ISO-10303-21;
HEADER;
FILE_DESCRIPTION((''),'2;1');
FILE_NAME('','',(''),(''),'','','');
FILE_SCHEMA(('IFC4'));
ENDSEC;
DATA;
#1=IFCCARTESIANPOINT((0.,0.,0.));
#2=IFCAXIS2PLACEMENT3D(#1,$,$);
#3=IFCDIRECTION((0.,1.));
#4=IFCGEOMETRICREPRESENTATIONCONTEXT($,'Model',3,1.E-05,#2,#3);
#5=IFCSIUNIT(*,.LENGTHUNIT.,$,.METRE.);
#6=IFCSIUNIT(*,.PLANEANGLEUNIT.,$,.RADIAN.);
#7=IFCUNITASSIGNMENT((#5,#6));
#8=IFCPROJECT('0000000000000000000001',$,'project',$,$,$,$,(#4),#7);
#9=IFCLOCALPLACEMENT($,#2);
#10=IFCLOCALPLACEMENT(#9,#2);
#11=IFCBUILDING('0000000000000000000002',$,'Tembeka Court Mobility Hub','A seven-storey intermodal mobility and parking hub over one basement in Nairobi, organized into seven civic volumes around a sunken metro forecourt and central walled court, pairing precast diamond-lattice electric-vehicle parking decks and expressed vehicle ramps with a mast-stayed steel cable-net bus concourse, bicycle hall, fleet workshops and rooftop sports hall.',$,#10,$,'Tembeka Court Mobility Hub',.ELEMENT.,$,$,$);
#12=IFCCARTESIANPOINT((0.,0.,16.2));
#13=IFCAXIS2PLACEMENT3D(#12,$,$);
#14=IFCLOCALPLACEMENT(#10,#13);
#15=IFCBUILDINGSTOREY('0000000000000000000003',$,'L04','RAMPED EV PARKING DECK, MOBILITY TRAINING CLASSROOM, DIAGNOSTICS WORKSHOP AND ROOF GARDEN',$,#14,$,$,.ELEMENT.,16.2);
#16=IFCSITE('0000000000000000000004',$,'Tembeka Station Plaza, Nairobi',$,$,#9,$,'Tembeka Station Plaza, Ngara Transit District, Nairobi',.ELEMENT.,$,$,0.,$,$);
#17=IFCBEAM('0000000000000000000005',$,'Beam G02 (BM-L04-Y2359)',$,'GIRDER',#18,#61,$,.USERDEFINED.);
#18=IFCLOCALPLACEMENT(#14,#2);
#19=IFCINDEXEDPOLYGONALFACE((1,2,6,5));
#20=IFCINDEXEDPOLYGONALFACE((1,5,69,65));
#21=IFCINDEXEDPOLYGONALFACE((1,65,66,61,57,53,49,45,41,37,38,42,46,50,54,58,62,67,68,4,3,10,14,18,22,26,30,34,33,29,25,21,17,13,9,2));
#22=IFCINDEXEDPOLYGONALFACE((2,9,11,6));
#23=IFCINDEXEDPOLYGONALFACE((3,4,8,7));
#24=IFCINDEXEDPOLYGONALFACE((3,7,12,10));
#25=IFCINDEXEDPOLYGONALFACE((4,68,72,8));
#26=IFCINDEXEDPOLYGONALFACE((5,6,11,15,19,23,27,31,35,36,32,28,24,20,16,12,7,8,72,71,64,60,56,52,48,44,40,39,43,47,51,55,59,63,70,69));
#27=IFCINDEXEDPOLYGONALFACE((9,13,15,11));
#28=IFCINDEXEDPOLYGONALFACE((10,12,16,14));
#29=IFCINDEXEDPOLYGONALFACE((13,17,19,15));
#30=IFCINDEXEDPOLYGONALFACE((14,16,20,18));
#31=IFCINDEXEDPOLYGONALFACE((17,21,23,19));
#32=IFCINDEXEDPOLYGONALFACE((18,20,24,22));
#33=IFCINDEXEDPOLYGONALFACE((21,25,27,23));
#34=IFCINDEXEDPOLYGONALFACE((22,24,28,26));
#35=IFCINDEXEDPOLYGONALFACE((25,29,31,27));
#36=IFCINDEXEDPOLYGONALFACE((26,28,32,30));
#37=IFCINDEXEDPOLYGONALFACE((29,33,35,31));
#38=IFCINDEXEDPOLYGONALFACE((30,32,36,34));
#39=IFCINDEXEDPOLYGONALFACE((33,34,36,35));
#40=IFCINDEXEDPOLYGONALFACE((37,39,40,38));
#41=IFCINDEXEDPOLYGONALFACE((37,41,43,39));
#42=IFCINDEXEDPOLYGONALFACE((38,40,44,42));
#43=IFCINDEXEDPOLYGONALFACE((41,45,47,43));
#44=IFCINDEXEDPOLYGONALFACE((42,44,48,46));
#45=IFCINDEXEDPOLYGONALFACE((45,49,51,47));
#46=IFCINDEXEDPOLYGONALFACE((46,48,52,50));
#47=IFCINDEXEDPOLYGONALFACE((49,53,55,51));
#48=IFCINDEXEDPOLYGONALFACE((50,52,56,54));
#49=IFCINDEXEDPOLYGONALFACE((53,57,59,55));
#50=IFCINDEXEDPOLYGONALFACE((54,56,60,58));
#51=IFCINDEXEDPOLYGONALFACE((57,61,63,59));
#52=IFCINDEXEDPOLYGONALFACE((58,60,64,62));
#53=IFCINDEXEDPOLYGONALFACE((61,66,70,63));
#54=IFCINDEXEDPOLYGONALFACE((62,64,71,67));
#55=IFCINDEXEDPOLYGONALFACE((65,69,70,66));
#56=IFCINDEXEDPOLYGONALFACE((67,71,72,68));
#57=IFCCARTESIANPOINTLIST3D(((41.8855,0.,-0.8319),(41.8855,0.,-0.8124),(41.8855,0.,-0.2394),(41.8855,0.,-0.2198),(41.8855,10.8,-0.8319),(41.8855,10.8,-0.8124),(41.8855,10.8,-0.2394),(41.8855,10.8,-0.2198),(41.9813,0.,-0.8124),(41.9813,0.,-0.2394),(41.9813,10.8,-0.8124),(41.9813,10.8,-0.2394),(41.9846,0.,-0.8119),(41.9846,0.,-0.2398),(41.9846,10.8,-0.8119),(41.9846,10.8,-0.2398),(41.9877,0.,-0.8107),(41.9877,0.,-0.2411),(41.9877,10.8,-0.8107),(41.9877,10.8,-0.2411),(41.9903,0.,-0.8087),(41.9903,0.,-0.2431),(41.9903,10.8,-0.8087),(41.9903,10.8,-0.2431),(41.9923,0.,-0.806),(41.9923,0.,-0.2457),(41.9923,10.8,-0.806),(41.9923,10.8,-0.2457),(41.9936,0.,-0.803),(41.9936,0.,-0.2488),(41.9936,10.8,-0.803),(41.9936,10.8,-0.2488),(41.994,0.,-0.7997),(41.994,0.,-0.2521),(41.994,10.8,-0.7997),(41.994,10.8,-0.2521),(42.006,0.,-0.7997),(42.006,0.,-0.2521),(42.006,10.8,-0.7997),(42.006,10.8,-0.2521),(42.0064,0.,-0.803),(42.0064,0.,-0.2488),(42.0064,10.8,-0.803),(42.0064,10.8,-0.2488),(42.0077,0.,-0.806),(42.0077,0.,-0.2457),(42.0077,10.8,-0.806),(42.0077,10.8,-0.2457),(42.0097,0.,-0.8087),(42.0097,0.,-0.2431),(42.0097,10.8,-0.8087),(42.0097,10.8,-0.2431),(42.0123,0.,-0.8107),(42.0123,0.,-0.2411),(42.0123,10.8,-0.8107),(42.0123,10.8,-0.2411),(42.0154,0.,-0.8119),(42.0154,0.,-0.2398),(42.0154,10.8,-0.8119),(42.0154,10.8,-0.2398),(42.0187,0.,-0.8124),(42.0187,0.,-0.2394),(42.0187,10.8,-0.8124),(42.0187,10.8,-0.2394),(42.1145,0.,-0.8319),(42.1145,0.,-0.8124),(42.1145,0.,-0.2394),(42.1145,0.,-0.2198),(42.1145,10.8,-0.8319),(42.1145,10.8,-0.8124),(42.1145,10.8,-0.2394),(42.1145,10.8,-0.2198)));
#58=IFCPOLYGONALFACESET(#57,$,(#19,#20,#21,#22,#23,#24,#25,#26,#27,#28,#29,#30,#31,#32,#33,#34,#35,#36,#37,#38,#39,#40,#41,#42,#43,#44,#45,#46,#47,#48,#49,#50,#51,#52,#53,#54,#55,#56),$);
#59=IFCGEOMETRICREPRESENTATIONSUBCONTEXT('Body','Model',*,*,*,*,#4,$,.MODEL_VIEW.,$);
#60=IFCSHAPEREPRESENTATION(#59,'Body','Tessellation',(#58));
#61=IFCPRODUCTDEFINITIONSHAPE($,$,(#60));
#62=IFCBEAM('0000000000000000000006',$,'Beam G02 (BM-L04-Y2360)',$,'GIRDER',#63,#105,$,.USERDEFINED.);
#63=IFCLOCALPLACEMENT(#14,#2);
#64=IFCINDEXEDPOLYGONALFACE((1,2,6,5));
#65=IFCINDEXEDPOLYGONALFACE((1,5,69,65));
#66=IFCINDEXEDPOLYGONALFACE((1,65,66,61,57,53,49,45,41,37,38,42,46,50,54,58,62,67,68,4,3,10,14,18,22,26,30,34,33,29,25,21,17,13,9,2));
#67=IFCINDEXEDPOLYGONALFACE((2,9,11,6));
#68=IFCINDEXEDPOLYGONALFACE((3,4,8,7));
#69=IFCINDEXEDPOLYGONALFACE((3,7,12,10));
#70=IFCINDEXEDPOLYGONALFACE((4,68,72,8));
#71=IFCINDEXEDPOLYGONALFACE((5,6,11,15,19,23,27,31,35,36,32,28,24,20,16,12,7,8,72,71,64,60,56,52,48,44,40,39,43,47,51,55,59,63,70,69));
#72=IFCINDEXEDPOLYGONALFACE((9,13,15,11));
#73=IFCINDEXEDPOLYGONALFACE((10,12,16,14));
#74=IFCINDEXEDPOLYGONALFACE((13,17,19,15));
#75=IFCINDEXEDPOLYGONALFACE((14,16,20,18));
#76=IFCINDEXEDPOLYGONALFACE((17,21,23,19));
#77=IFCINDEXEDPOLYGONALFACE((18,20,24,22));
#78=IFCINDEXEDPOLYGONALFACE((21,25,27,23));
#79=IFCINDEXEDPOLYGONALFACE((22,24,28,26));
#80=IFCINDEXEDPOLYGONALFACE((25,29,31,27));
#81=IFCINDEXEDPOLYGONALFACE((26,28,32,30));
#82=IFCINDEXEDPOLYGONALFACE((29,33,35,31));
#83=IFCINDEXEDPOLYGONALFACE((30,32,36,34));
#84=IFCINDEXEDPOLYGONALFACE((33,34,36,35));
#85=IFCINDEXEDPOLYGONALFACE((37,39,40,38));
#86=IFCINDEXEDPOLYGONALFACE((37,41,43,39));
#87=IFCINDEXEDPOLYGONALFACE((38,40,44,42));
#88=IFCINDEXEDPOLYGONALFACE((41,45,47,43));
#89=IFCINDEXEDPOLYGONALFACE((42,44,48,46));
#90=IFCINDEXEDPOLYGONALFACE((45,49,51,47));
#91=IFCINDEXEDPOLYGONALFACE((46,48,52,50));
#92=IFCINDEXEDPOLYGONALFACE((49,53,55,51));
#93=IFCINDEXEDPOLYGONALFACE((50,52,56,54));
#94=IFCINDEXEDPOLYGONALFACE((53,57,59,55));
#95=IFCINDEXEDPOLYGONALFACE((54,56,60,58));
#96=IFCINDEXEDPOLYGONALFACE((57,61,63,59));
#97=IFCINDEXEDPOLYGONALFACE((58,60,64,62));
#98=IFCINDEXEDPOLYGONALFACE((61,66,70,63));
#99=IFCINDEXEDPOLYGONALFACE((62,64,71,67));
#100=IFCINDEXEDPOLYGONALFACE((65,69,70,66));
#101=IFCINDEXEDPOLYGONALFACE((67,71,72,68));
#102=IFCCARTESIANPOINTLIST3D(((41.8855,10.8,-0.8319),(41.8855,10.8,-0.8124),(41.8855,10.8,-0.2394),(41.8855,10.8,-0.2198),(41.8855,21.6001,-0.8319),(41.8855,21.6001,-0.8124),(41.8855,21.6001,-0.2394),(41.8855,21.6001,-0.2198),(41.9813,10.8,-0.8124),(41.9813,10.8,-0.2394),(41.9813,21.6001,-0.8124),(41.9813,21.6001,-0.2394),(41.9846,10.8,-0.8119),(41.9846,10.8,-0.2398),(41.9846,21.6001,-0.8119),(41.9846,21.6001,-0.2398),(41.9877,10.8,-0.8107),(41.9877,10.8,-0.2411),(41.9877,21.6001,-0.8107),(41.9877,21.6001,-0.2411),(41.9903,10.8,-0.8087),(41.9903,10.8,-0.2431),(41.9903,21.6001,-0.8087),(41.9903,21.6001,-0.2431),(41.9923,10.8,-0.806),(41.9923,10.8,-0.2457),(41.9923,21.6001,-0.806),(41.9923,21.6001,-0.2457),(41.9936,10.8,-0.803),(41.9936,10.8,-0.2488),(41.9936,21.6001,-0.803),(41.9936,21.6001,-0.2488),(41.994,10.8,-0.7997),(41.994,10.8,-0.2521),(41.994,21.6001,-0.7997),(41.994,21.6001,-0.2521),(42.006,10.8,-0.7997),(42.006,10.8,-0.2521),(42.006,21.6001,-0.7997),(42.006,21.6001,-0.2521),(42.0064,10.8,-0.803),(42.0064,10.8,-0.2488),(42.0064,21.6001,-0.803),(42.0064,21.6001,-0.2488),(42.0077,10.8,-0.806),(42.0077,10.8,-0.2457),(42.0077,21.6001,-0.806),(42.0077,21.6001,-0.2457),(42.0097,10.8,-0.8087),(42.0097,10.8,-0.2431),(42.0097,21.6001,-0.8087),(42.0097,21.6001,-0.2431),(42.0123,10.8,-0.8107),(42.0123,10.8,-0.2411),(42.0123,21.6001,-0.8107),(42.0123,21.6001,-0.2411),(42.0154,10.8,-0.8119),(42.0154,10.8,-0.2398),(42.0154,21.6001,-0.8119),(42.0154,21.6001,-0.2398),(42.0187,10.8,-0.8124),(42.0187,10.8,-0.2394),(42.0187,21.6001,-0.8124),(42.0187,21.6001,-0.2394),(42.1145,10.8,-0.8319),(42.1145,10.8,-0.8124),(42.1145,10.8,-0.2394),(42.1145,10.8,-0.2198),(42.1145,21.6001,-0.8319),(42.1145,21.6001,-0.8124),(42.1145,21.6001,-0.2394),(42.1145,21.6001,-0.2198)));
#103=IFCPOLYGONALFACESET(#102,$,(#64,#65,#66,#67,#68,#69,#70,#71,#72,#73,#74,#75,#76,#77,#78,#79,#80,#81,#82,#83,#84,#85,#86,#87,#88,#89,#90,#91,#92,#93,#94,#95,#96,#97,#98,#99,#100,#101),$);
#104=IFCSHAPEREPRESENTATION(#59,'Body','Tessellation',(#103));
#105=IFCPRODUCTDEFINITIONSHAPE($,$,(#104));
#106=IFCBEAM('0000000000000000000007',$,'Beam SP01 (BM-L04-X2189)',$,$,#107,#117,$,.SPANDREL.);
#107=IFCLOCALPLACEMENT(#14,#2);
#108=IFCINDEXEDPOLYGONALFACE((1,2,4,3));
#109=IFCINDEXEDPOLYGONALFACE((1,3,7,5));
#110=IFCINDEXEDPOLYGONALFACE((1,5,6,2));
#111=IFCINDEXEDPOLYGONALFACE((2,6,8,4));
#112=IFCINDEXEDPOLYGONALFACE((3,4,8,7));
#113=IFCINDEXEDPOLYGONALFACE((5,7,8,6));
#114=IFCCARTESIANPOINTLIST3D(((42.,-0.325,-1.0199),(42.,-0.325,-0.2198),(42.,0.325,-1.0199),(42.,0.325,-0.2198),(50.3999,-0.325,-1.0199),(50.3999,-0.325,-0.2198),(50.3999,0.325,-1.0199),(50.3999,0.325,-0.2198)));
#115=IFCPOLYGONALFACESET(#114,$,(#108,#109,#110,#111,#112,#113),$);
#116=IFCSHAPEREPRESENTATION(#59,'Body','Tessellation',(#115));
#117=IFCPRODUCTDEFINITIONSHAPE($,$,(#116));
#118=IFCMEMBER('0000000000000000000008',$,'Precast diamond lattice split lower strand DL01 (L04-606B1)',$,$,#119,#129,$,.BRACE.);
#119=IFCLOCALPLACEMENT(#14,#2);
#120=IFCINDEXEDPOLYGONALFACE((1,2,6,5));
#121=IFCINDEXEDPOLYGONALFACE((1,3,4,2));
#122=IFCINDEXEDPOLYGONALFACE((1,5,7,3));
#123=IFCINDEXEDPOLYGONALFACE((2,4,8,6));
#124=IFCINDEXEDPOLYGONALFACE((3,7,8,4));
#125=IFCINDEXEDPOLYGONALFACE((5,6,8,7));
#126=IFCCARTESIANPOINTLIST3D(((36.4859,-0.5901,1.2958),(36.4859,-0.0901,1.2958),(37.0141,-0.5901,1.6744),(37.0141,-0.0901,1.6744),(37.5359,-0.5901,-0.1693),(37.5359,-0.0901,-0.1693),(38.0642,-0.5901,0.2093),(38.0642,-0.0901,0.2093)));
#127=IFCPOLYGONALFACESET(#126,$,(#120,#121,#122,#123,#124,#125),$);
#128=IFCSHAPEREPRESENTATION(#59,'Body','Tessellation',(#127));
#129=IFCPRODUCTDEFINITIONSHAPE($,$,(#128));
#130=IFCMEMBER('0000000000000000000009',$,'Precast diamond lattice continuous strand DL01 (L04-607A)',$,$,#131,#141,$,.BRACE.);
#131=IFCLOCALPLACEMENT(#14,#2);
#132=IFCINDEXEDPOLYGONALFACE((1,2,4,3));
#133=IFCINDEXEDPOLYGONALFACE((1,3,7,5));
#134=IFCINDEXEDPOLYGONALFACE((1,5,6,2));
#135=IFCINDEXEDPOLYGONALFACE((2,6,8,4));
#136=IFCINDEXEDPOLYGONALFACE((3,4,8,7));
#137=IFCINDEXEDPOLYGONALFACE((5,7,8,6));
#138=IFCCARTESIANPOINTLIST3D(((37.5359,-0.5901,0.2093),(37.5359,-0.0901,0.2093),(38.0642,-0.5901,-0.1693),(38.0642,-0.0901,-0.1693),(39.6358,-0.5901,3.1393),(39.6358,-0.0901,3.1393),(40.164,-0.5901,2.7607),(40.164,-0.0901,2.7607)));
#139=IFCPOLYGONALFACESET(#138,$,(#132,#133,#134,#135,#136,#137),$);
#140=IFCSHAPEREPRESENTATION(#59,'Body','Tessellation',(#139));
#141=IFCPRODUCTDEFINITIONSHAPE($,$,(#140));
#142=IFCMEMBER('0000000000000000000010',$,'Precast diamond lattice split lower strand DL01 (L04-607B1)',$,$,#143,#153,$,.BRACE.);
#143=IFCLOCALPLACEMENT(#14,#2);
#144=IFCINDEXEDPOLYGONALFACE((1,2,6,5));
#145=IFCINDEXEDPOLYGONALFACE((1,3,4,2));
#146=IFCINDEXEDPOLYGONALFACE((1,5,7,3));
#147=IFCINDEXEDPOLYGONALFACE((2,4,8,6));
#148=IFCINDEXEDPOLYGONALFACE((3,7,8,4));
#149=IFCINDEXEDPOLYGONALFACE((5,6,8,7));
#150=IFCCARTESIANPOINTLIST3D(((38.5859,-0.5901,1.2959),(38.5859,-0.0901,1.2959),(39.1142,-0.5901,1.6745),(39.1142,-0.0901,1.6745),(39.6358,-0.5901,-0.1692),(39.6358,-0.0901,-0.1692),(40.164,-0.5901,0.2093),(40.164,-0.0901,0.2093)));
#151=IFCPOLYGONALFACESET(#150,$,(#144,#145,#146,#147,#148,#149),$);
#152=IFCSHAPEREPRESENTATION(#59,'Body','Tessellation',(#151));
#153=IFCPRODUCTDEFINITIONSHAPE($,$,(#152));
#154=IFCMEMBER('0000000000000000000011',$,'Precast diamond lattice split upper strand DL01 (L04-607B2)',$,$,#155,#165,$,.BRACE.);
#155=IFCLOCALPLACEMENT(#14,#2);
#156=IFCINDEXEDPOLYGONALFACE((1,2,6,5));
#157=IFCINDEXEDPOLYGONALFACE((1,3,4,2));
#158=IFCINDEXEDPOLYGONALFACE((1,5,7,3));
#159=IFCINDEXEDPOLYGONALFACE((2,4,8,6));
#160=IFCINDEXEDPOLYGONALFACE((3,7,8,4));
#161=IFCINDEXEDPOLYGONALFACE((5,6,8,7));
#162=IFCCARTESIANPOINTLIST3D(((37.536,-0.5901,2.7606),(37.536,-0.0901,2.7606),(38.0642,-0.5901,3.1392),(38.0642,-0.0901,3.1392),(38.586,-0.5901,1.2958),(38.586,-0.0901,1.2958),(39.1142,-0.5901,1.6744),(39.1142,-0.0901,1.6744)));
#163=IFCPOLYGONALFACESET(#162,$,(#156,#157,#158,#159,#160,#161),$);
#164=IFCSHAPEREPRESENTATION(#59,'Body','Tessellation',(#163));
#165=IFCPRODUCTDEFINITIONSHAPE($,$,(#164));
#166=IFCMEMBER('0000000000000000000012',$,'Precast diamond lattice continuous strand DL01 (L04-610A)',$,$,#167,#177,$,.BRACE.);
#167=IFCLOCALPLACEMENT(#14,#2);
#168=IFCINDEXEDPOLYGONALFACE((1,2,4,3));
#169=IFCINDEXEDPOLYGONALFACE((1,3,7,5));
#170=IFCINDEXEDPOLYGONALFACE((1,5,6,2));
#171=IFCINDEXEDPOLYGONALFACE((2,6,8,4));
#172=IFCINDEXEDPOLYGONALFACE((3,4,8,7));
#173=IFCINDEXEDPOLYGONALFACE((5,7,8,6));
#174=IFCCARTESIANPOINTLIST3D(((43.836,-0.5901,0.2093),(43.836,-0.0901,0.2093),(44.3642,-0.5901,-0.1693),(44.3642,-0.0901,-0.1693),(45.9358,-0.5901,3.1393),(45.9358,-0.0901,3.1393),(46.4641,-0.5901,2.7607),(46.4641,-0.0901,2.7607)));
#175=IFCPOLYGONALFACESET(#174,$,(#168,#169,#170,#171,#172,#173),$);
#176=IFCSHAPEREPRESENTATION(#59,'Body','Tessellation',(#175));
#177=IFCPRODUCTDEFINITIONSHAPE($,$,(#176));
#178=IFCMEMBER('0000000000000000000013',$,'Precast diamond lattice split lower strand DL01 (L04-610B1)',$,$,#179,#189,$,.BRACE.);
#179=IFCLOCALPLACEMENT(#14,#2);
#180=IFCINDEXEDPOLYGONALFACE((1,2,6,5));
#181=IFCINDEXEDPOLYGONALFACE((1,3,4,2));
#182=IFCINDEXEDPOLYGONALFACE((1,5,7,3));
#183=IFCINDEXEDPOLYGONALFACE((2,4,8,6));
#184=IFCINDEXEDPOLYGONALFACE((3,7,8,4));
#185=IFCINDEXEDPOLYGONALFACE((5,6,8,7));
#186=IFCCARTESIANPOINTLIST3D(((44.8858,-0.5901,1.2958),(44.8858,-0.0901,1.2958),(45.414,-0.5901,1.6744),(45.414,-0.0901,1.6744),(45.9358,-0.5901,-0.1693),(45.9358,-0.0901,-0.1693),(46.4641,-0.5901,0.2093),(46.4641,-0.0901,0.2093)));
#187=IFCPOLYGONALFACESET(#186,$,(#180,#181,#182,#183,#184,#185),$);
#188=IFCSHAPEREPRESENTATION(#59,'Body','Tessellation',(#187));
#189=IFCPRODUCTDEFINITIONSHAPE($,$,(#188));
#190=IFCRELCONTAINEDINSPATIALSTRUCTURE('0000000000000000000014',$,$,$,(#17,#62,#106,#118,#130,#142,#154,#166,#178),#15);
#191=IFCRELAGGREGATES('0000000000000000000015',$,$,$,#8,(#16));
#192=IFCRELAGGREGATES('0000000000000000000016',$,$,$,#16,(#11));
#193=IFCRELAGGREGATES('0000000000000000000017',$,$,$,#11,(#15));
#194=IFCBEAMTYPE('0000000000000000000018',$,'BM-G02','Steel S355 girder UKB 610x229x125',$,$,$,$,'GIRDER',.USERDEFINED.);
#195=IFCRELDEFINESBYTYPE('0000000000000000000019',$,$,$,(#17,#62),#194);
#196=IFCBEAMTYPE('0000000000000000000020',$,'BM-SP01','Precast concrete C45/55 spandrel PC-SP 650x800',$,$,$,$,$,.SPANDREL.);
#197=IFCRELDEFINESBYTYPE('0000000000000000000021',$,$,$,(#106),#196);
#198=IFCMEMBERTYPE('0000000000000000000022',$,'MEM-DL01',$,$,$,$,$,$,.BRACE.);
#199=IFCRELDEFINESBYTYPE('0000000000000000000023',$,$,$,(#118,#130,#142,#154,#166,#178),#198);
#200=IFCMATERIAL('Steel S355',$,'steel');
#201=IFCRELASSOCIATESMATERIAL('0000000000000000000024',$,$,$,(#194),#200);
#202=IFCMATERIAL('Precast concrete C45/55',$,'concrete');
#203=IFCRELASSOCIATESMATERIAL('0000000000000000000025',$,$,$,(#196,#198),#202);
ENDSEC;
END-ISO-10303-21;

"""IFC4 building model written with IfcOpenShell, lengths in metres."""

from ifc_helpers import new_model, si_unit, direction, frame, origin, origin_2d, place, context, subcontext, project, spatial, rectangle, i_section, extrude, material, material_profile, profile_set, type_object, element, save


model = new_model("IFC4")

# Units and contexts
model_context = context("Model", 3, precision=1e-05, world=origin(), true_north=direction((0.0, 1.0)))
body_context = subcontext(model_context, "Body", "Model", "MODEL_VIEW")
ifc_project = project(units=[si_unit("LENGTHUNIT", "METRE"), si_unit("PLANEANGLEUNIT", "RADIAN")], contexts=[model_context])

# Site, building, storey
site_placement = place(None, origin())
site = spatial("IfcSite", under=ifc_project, at=site_placement, Name="Tembeka Station Plaza, Nairobi", LongName="Tembeka Station Plaza, Ngara Transit District, Nairobi", CompositionType="ELEMENT", RefElevation=0.0)
building_placement = place(site_placement, origin())
building = spatial("IfcBuilding", under=site, at=building_placement, Name="Tembeka Court Mobility Hub", Description="A seven-storey intermodal mobility and parking hub over one basement in Nairobi, organized into seven civic volumes around a sunken metro forecourt and central walled court, pairing precast diamond-lattice electric-vehicle parking decks and expressed vehicle ramps with a mast-stayed steel cable-net bus concourse, bicycle hall, fleet workshops and rooftop sports hall.", LongName="Tembeka Court Mobility Hub", CompositionType="ELEMENT")
storey_placement = place(building_placement, frame((0.0, 0.0, 16.2)))
storey = spatial("IfcBuildingStorey", under=building, at=storey_placement, Name="L04", Description="RAMPED EV PARKING DECK, MOBILITY TRAINING CLASSROOM, DIAGNOSTICS WORKSHOP AND ROOF GARDEN", CompositionType="ELEMENT", Elevation=16.2)

# Shared definitions
ifc_material_1 = material(Name="Steel S355", Category="steel")

# Beams
ifc_material_profile_1 = material_profile(ifc_material_1, i_section(OverallWidth=0.229, OverallDepth=0.6121, WebThickness=0.012, FlangeThickness=0.0195, FilletRadius=0.0127, at=origin_2d()), Name="UKB 610x229x125")
ifc_profile_set_1 = profile_set([ifc_material_profile_1], Name="Steel S355")
beam_type_1 = type_object("IfcBeamType", Name="BM-G02", Description="Steel S355 girder UKB 610x229x125", ElementType="GIRDER", PredefinedType="USERDEFINED", material=ifc_profile_set_1)
for number, where, z_axis, x_axis, name in (
    (1, (42.0, 0.0, -0.5259), (0.0, 1.0, 0.0), (-1.0, 0.0, 0.0), "Beam G02 (BM-L04-Y2359)"),
    (2, (42.0, 10.8, -0.5259), (0.0, 1.0, 0.0), (-1.0, 0.0, 0.0), "Beam G02 (BM-L04-Y2360)"),
):
    element("IfcBeam", number, at=place(storey_placement, frame(where, z_axis=z_axis, x_axis=x_axis)), inside=storey, type_object=beam_type_1, Name=name, ObjectType="GIRDER", PredefinedType="USERDEFINED", context=body_context, shape_type="SweptSolid", body=[
        extrude(i_section(OverallWidth=0.229, OverallDepth=0.6121, WebThickness=0.012, FlangeThickness=0.0195, FilletRadius=0.0127, at=origin_2d()), origin(), (0.0, 0.0, 1.0), 10.8),
    ])
ifc_material_2 = material(Name="Precast concrete C45/55", Category="concrete")
ifc_material_profile_2 = material_profile(ifc_material_2, rectangle(XDim=0.6499, YDim=0.8, at=origin_2d()), Name="PC-SP 650x800")
ifc_profile_set_2 = profile_set([ifc_material_profile_2], Name="Precast concrete C45/55")
beam_type_2 = type_object("IfcBeamType", Name="BM-SP01", Description="Precast concrete C45/55 spandrel PC-SP 650x800", PredefinedType="SPANDREL", material=ifc_profile_set_2)
beam_placement = place(storey_placement, frame((42.0, 0.0, -0.6199), z_axis=(1.0, 0.0, 0.0), x_axis=(0.0, 1.0, 0.0)))
element("IfcBeam", 3, at=beam_placement, inside=storey, type_object=beam_type_2, Name="Beam SP01 (BM-L04-X2189)", PredefinedType="SPANDREL", context=body_context, shape_type="SweptSolid", body=[
    extrude(rectangle(XDim=0.6499, YDim=0.8, at=origin_2d()), origin(), (0.0, 0.0, 1.0), 8.3999),
])

# Members
ifc_material_profile_3 = material_profile(ifc_material_2, rectangle(XDim=0.5, YDim=0.6499, at=origin_2d()), Name="PC-DIAG 500x650")
ifc_profile_set_3 = profile_set([ifc_material_profile_3], Name="Precast concrete C45/55")
member_type_1 = type_object("IfcMemberType", Name="MEM-DL01", PredefinedType="BRACE", material=ifc_profile_set_3)
member_1_placement = place(storey_placement, frame((37.8, -0.3401, 0.02), z_axis=(-0.582544, 0.0, 0.812799), x_axis=(0.0, -1.0, 0.0)))
element("IfcMember", 4, at=member_1_placement, inside=storey, type_object=member_type_1, Name="Precast diamond lattice split lower strand DL01 (L04-606B1)", PredefinedType="BRACE", context=body_context, shape_type="SweptSolid", body=[
    extrude(rectangle(XDim=0.5, YDim=0.6499, at=origin_2d()), origin(), (0.0, 0.0, 1.0), 1.8025),
])
member_2_placement = place(storey_placement, frame((37.8, -0.3401, 0.02), z_axis=(0.582532, 0.0, 0.812808), x_axis=(0.0, 1.0, 0.0)))
element("IfcMember", 5, at=member_2_placement, inside=storey, type_object=member_type_1, Name="Precast diamond lattice continuous strand DL01 (L04-607A)", PredefinedType="BRACE", context=body_context, shape_type="SweptSolid", body=[
    extrude(rectangle(XDim=0.5, YDim=0.6499, at=origin_2d()), origin(), (0.0, 0.0, 1.0), 3.6047),
])
member_3_placement = place(storey_placement, frame((39.8999, -0.3401, 0.02), z_axis=(-0.582455, 0.0, 0.812863), x_axis=(0.0, -1.0, 0.0)))
element("IfcMember", 6, at=member_3_placement, inside=storey, type_object=member_type_1, Name="Precast diamond lattice split lower strand DL01 (L04-607B1)", PredefinedType="BRACE", context=body_context, shape_type="SweptSolid", body=[
    extrude(rectangle(XDim=0.5, YDim=0.6499, at=origin_2d()), origin(), (0.0, 0.0, 1.0), 1.8025),
])
member_4_placement = place(storey_placement, frame((38.8501, -0.3401, 1.4851), z_axis=(-0.582608, 0.0, 0.812753), x_axis=(0.0, -1.0, 0.0)))
element("IfcMember", 7, at=member_4_placement, inside=storey, type_object=member_type_1, Name="Precast diamond lattice split upper strand DL01 (L04-607B2)", PredefinedType="BRACE", context=body_context, shape_type="SweptSolid", body=[
    extrude(rectangle(XDim=0.5, YDim=0.6499, at=origin_2d()), origin(), (0.0, 0.0, 1.0), 1.8022),
])
member_5_placement = place(storey_placement, frame((44.1001, -0.3401, 0.02), z_axis=(0.582532, 0.0, 0.812808), x_axis=(0.0, 1.0, 0.0)))
element("IfcMember", 8, at=member_5_placement, inside=storey, type_object=member_type_1, Name="Precast diamond lattice continuous strand DL01 (L04-610A)", PredefinedType="BRACE", context=body_context, shape_type="SweptSolid", body=[
    extrude(rectangle(XDim=0.5, YDim=0.6499, at=origin_2d()), origin(), (0.0, 0.0, 1.0), 3.6047),
])
member_6_placement = place(storey_placement, frame((46.2, -0.3401, 0.02), z_axis=(-0.582544, 0.0, 0.812799), x_axis=(0.0, -1.0, 0.0)))
element("IfcMember", 9, at=member_6_placement, inside=storey, type_object=member_type_1, Name="Precast diamond lattice split lower strand DL01 (L04-610B1)", PredefinedType="BRACE", context=body_context, shape_type="SweptSolid", body=[
    extrude(rectangle(XDim=0.5, YDim=0.6499, at=origin_2d()), origin(), (0.0, 0.0, 1.0), 1.8025),
])

save(model, "model.ifc")
